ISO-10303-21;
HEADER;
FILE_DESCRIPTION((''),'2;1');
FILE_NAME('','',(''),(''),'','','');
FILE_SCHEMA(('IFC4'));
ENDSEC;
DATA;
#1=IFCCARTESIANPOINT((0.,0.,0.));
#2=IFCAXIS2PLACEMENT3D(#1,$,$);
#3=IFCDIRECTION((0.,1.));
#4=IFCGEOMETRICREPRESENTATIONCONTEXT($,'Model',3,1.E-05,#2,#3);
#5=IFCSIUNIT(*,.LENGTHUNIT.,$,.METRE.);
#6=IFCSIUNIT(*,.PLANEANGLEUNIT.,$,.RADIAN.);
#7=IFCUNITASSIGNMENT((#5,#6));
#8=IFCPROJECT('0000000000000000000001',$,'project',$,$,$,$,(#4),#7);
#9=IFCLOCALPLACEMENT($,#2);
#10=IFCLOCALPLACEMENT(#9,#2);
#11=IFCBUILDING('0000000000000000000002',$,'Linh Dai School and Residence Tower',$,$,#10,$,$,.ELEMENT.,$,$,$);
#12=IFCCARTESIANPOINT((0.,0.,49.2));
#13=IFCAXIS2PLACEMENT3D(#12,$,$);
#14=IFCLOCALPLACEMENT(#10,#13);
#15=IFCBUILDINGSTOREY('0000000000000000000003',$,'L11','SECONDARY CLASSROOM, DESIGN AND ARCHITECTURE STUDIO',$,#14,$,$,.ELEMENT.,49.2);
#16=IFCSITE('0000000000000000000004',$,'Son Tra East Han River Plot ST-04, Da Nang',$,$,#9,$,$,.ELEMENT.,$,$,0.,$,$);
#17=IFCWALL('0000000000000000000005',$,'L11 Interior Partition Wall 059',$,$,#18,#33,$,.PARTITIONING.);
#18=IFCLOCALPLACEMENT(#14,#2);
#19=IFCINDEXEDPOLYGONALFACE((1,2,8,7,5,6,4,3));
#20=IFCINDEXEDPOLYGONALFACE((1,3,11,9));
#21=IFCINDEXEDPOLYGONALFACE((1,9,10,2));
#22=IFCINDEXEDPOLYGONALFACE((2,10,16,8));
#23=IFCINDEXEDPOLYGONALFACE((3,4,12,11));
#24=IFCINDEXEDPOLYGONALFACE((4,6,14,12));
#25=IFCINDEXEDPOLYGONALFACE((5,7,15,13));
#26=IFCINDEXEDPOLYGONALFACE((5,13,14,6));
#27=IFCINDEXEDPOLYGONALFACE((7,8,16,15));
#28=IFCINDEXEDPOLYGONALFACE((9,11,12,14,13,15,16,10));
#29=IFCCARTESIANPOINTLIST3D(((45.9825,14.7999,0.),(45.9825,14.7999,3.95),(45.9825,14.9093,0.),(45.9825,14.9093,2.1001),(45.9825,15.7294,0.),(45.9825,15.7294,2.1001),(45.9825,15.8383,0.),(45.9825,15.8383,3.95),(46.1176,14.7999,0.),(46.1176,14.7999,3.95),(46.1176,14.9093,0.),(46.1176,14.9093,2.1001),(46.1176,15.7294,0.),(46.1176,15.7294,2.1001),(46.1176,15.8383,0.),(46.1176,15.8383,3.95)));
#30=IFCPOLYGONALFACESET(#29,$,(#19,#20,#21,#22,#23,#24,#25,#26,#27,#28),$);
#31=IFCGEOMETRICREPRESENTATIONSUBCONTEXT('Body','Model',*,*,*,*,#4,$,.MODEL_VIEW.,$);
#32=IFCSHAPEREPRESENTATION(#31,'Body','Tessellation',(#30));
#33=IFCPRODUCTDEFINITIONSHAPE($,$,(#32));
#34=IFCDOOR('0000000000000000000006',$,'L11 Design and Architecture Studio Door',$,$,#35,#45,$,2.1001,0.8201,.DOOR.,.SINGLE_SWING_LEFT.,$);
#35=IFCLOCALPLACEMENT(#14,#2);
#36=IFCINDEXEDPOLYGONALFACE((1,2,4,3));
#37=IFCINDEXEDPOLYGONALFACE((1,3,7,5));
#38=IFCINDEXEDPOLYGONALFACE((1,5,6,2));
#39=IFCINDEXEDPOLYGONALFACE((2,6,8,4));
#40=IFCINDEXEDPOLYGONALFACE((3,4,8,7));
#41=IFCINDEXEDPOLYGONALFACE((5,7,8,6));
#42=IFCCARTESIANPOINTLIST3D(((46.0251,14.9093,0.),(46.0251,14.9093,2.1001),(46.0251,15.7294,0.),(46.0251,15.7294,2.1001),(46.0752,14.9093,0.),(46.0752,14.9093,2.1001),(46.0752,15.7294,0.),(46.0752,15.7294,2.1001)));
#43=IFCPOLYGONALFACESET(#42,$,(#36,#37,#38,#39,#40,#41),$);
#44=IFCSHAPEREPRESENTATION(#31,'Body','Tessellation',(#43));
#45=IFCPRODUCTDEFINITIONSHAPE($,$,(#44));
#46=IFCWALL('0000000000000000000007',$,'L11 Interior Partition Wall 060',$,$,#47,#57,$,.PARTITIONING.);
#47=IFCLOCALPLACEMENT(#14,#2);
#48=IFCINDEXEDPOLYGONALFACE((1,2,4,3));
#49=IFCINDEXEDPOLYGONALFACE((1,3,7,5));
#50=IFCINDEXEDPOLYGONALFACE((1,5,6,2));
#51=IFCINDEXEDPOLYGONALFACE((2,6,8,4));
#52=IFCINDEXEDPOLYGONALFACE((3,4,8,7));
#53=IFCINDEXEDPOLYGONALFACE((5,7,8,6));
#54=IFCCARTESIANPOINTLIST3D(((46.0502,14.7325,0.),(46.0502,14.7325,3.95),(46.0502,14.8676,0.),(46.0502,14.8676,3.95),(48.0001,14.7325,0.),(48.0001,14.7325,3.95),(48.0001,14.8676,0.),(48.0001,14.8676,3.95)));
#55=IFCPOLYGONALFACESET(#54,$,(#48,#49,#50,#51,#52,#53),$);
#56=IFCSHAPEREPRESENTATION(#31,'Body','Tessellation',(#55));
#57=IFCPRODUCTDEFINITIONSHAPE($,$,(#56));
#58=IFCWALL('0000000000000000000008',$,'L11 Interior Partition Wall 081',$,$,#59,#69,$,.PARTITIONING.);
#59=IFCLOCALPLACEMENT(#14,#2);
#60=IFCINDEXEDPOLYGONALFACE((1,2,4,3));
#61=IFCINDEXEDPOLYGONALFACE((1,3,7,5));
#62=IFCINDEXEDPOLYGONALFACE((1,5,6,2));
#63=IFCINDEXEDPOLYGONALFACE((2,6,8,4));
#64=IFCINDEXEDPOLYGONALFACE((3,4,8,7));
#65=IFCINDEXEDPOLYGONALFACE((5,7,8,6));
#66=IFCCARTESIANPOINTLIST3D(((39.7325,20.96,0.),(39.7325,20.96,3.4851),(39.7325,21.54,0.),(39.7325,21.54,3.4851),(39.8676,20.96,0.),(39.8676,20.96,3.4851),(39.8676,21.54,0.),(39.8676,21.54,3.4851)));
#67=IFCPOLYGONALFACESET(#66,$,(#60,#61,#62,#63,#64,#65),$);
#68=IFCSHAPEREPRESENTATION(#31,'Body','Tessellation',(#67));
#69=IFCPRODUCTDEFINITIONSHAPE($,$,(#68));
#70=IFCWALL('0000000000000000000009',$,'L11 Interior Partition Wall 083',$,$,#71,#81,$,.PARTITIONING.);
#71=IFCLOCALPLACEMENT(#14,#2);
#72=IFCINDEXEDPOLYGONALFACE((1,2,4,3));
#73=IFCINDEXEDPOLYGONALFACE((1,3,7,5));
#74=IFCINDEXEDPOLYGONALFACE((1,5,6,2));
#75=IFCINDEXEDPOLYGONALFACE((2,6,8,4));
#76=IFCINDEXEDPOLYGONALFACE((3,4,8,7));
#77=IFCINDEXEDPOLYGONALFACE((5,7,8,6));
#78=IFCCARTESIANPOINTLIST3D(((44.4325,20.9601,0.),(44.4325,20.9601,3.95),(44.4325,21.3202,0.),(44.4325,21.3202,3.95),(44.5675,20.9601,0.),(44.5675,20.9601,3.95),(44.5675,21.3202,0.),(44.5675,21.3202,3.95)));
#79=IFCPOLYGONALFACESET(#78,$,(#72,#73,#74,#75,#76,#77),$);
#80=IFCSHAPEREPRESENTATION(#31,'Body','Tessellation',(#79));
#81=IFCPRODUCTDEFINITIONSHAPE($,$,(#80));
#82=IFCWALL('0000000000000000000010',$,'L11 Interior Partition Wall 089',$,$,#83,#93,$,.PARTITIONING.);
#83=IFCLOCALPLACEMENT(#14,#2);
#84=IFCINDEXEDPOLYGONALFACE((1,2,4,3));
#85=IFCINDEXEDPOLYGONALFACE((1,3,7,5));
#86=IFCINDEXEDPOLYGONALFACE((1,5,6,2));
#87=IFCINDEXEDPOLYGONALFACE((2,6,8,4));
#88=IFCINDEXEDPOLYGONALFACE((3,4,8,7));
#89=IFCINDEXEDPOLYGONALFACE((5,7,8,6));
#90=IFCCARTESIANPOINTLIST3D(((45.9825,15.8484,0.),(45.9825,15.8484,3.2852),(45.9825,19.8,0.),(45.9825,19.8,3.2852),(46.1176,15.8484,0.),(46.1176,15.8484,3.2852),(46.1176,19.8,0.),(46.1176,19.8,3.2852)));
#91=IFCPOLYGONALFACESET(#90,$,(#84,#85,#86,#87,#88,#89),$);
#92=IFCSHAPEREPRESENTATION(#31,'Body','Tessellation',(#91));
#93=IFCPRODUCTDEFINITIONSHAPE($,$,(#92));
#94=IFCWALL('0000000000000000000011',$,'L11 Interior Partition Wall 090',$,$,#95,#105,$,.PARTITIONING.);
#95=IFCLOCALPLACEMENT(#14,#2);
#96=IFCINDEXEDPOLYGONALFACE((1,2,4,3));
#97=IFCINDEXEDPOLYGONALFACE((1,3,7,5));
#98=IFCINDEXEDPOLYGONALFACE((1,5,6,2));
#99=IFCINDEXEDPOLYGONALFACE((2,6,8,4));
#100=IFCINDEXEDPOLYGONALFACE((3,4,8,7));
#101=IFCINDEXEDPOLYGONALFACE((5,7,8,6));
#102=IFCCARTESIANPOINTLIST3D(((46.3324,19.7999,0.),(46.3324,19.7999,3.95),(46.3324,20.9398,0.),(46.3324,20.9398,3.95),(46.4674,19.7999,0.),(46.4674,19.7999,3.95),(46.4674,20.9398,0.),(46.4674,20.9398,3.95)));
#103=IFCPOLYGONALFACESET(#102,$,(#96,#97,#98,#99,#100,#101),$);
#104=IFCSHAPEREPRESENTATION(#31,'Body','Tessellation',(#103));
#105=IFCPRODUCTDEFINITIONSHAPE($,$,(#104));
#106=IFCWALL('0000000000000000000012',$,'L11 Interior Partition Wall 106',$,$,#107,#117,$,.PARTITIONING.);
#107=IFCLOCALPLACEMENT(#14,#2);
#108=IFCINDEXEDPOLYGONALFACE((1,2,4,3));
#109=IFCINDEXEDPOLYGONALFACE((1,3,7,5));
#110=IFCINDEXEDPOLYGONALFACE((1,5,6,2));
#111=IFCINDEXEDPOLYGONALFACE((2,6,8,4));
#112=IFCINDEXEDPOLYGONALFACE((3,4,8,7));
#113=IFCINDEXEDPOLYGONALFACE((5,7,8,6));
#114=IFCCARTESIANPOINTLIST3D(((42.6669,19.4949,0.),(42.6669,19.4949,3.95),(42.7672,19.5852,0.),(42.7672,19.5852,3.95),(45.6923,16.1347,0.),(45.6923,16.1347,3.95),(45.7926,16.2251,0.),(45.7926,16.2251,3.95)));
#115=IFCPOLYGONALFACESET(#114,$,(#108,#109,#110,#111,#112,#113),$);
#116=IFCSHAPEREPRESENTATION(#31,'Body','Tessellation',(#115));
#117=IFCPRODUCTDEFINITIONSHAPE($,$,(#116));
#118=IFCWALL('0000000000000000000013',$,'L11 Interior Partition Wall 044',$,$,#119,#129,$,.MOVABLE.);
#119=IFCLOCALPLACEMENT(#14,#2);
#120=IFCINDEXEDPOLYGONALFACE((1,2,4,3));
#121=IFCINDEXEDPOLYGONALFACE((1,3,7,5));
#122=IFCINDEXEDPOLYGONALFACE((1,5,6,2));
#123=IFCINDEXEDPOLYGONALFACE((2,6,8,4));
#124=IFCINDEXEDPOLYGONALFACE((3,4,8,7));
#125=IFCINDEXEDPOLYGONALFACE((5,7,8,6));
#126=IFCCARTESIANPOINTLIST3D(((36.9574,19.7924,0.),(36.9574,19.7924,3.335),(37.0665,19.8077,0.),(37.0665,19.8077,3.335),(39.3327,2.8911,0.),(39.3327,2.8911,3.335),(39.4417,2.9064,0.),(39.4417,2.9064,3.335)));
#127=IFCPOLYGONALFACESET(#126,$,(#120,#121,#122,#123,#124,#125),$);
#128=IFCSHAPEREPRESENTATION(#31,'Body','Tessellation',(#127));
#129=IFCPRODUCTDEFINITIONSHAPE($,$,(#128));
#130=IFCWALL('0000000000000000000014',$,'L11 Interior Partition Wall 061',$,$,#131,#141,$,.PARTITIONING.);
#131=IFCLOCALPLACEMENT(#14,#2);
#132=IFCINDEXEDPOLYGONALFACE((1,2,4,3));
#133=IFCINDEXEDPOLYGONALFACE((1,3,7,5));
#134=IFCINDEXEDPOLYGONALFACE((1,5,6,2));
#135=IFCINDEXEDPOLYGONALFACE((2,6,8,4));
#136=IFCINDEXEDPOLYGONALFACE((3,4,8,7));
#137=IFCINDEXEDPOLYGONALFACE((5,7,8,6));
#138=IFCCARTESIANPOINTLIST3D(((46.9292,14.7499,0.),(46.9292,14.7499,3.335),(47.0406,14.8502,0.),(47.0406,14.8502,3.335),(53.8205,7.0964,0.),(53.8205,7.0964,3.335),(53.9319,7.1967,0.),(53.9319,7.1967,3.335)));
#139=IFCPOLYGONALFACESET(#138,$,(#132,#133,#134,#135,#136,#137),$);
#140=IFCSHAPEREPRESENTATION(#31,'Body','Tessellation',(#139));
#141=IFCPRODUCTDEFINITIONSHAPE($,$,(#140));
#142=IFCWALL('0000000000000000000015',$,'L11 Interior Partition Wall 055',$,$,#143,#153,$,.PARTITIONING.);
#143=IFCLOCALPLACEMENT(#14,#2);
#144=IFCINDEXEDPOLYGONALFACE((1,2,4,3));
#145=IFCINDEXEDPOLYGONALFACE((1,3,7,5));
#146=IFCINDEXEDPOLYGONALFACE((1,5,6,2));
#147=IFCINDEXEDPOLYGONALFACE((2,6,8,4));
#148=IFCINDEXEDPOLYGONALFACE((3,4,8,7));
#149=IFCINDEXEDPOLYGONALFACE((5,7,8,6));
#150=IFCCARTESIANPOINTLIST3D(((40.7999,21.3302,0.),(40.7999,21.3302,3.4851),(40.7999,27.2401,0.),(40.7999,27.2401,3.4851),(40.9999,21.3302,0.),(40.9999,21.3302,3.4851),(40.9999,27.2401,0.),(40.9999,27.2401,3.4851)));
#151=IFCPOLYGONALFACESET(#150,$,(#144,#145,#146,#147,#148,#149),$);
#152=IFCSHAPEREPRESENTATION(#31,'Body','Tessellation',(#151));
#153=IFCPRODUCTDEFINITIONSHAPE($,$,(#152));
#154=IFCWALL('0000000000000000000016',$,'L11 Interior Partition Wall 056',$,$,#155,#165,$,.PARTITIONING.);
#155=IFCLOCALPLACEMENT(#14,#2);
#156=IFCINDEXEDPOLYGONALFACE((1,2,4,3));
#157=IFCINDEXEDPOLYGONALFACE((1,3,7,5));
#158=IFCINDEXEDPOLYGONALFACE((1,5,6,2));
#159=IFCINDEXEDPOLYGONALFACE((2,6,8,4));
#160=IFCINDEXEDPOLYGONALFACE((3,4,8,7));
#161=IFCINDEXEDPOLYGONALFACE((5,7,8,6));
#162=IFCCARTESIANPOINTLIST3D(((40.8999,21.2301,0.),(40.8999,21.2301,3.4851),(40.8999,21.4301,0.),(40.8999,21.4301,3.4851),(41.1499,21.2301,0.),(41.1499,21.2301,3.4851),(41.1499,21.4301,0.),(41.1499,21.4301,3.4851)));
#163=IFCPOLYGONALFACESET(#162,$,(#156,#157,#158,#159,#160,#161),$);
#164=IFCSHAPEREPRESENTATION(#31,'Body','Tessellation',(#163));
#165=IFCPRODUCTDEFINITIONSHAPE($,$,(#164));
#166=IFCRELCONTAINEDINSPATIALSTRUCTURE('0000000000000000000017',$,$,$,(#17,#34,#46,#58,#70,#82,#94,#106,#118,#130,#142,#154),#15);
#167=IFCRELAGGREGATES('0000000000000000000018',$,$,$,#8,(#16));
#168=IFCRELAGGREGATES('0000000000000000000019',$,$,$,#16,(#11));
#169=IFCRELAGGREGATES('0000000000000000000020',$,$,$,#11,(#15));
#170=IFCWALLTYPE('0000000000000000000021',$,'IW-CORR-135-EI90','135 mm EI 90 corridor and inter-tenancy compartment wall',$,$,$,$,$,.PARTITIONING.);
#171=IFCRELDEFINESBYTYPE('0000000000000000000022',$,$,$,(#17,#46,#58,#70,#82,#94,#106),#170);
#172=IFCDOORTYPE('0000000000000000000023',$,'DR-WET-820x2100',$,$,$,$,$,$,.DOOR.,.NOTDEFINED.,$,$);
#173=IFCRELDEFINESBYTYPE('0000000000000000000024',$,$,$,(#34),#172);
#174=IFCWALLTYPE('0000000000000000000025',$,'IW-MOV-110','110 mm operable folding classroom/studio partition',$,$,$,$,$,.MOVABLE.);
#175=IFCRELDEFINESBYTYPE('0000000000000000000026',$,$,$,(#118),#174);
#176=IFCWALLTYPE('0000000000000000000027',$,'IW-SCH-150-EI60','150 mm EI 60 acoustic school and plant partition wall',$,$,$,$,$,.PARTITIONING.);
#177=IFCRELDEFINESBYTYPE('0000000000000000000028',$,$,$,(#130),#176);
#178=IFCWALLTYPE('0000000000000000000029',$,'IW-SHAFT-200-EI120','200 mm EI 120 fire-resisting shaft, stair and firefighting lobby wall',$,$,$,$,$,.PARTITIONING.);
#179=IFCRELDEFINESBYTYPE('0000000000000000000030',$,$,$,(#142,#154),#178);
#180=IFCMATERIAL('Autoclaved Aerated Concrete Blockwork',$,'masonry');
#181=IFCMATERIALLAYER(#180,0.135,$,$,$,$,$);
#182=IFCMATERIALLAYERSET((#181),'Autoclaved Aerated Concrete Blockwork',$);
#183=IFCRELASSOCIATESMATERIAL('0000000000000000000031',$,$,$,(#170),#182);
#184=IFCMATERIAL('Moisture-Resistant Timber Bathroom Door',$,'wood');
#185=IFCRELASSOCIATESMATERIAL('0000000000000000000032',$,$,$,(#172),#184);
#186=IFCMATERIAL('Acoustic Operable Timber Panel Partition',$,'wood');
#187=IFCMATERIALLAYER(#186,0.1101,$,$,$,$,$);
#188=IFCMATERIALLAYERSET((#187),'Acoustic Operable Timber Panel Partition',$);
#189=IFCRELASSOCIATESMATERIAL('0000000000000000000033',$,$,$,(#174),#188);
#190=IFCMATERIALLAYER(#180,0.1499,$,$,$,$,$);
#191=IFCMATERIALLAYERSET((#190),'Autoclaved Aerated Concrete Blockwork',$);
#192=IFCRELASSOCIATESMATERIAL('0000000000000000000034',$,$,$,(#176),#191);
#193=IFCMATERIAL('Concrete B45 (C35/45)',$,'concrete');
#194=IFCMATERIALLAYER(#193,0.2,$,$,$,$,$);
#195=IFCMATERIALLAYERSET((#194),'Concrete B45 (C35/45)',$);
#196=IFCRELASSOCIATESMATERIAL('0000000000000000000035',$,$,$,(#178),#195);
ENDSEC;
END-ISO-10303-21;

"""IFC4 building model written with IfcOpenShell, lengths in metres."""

from ifc_helpers import new_model, si_unit, direction, frame, frame_2d, origin, origin_2d, place, context, subcontext, project, spatial, rectangle, extrude, source, transform, mapped, material, layer, layer_set, type_object, element, fill, save


model = new_model("IFC4")

# Units and contexts
model_context = context("Model", 3, precision=1e-05, world=origin(), true_north=direction((0.0, 1.0)))
body_context = subcontext(model_context, "Body", "Model", "MODEL_VIEW")
ifc_project = project(units=[si_unit("LENGTHUNIT", "METRE"), si_unit("PLANEANGLEUNIT", "RADIAN")], contexts=[model_context])

# Site, building, storey
site_placement = place(None, origin())
site = spatial("IfcSite", under=ifc_project, at=site_placement, Name="Son Tra East Han River Plot ST-04, Da Nang", CompositionType="ELEMENT", RefElevation=0.0)
building_placement = place(site_placement, origin())
building = spatial("IfcBuilding", under=site, at=building_placement, Name="Linh Dai School and Residence Tower", CompositionType="ELEMENT")
storey_placement = place(building_placement, frame((0.0, 0.0, 49.2)))
storey = spatial("IfcBuildingStorey", under=building, at=storey_placement, Name="L11", Description="SECONDARY CLASSROOM, DESIGN AND ARCHITECTURE STUDIO", CompositionType="ELEMENT", Elevation=49.2)

# Wall, opening, door
ifc_material_1 = material(Name="Autoclaved Aerated Concrete Blockwork", Category="masonry")
ifc_layer_1 = layer(ifc_material_1, 0.135)
ifc_layer_set_1 = layer_set([ifc_layer_1], Name="Autoclaved Aerated Concrete Blockwork")
wall_type_1 = type_object("IfcWallType", Name="IW-CORR-135-EI90", Description="135 mm EI 90 corridor and inter-tenancy compartment wall", PredefinedType="PARTITIONING", material=ifc_layer_set_1)
wall_1_placement = place(storey_placement, frame((46.05, 14.8, 0.0), z_axis=(0.0, 0.0, 1.0), x_axis=(0.0, 1.0, 0.0)))
wall_1 = element("IfcWall", 1, at=wall_1_placement, inside=storey, type_object=wall_type_1, Name="L11 Interior Partition Wall 059", PredefinedType="PARTITIONING", context=body_context, shape_type="SweptSolid", body=[
    extrude(rectangle(XDim=1.0383, YDim=0.135, at=frame_2d((0.519, 0.0))), origin(), (0.0, 0.0, 1.0), 3.95),
])
opening_1_placement = place(wall_1_placement, frame((0.1091, 0.0, 0.0)))
opening_1 = element("IfcOpeningElement", 2, at=opening_1_placement, cuts=wall_1, PredefinedType="OPENING", context=body_context, shape_type="SweptSolid", body=[
    extrude(rectangle(XDim=0.8201, YDim=2.1001, at=origin_2d()), frame((0.4102, 0.0776, 1.05), z_axis=(0.0, -1.0, 0.0), x_axis=(1.0, 0.0, 0.0)), (0.0, 0.0, 1.0), 0.155),
])
ifc_material_2 = material(Name="Moisture-Resistant Timber Bathroom Door", Category="wood")
door_type_1 = type_object("IfcDoorType", Name="DR-WET-820x2100", OperationType="NOTDEFINED", PredefinedType="DOOR", material=ifc_material_2)
shared_shape_1 = source(origin(), body_context, "Body", "SweptSolid", [
    extrude(rectangle(XDim=0.8201, YDim=2.1001, at=origin_2d()), frame((0.4102, 0.0249, 1.05), z_axis=(0.0, -1.0, 0.0), x_axis=(1.0, 0.0, 0.0)), (0.0, 0.0, 1.0), 0.05),
])
door_1_placement = place(opening_1_placement, origin())
door_1 = element("IfcDoor", 3, at=door_1_placement, inside=storey, type_object=door_type_1, Name="L11 Design and Architecture Studio Door", OperationType="SINGLE_SWING_LEFT", OverallHeight=2.1001, OverallWidth=0.8201, PredefinedType="DOOR", context=body_context, shape_type="MappedRepresentation", body=[
    mapped(shared_shape_1, transform((0.0, 0.0, 0.0), x_axis=(1.0, 0.0, 0.0), y_axis=(0.0, 1.0, 0.0), z_axis=(0.0, 0.0, 1.0), scale=1.0)),
])
fill(opening_1, door_1)

# Walls
wall_2_placement = place(storey_placement, frame((46.05, 14.8, 0.0), z_axis=(0.0, 0.0, 1.0), x_axis=(1.0, 0.0, 0.0)))
element("IfcWall", 4, at=wall_2_placement, inside=storey, type_object=wall_type_1, Name="L11 Interior Partition Wall 060", PredefinedType="PARTITIONING", context=body_context, shape_type="SweptSolid", body=[
    extrude(rectangle(XDim=1.95, YDim=0.135, at=frame_2d((0.9751, 0.0))), origin(), (0.0, 0.0, 1.0), 3.95),
])
wall_3_placement = place(storey_placement, frame((39.8, 20.96, 0.0), z_axis=(0.0, 0.0, 1.0), x_axis=(0.0, 1.0, 0.0)))
element("IfcWall", 5, at=wall_3_placement, inside=storey, type_object=wall_type_1, Name="L11 Interior Partition Wall 081", PredefinedType="PARTITIONING", context=body_context, shape_type="SweptSolid", body=[
    extrude(rectangle(XDim=0.5801, YDim=0.135, at=frame_2d((0.29, 0.0))), origin(), (0.0, 0.0, 1.0), 3.4851),
])
wall_4_placement = place(storey_placement, frame((44.5, 20.96, 0.0), z_axis=(0.0, 0.0, 1.0), x_axis=(0.0, 1.0, 0.0)))
element("IfcWall", 6, at=wall_4_placement, inside=storey, type_object=wall_type_1, Name="L11 Interior Partition Wall 083", PredefinedType="PARTITIONING", context=body_context, shape_type="SweptSolid", body=[
    extrude(rectangle(XDim=0.3601, YDim=0.135, at=frame_2d((0.1802, 0.0))), origin(), (0.0, 0.0, 1.0), 3.95),
])
wall_5_placement = place(storey_placement, frame((46.05, 15.8484, 0.0), z_axis=(0.0, 0.0, 1.0), x_axis=(0.0, 1.0, 0.0)))
element("IfcWall", 7, at=wall_5_placement, inside=storey, type_object=wall_type_1, Name="L11 Interior Partition Wall 089", PredefinedType="PARTITIONING", context=body_context, shape_type="SweptSolid", body=[
    extrude(rectangle(XDim=3.9517, YDim=0.135, at=frame_2d((1.9758, 0.0))), origin(), (0.0, 0.0, 1.0), 3.2852),
])
wall_6_placement = place(storey_placement, frame((46.3999, 19.8, 0.0), z_axis=(0.0, 0.0, 1.0), x_axis=(0.0, 1.0, 0.0)))
element("IfcWall", 8, at=wall_6_placement, inside=storey, type_object=wall_type_1, Name="L11 Interior Partition Wall 090", PredefinedType="PARTITIONING", context=body_context, shape_type="SweptSolid", body=[
    extrude(rectangle(XDim=1.1399, YDim=0.135, at=frame_2d((0.5698, 0.0))), origin(), (0.0, 0.0, 1.0), 3.95),
])
wall_7_placement = place(storey_placement, frame((42.717, 19.54, 0.0), z_axis=(0.0, 0.0, 1.0), x_axis=(0.669123, -0.743152, 0.0)))
element("IfcWall", 9, at=wall_7_placement, inside=storey, type_object=wall_type_1, Name="L11 Interior Partition Wall 106", PredefinedType="PARTITIONING", context=body_context, shape_type="SweptSolid", body=[
    extrude(rectangle(XDim=4.5215, YDim=0.135, at=frame_2d((2.2607, 0.0))), origin(), (0.0, 0.0, 1.0), 3.95),
])
ifc_material_3 = material(Name="Acoustic Operable Timber Panel Partition", Category="wood")
ifc_layer_2 = layer(ifc_material_3, 0.1101)
ifc_layer_set_2 = layer_set([ifc_layer_2], Name="Acoustic Operable Timber Panel Partition")
wall_type_2 = type_object("IfcWallType", Name="IW-MOV-110", Description="110 mm operable folding classroom/studio partition", PredefinedType="MOVABLE", material=ifc_layer_set_2)
wall_8_placement = place(storey_placement, frame((37.012, 19.8, 0.0), z_axis=(0.0, 0.0, 1.0), x_axis=(0.139168, -0.990269, 0.0)))
element("IfcWall", 10, at=wall_8_placement, inside=storey, type_object=wall_type_2, Name="L11 Interior Partition Wall 044", PredefinedType="MOVABLE", context=body_context, shape_type="SweptSolid", body=[
    extrude(rectangle(XDim=17.0674, YDim=0.1101, at=frame_2d((8.5337, 0.0))), origin(), (0.0, 0.0, 1.0), 3.335),
])
ifc_layer_3 = layer(ifc_material_1, 0.1499)
ifc_layer_set_3 = layer_set([ifc_layer_3], Name="Autoclaved Aerated Concrete Blockwork")
wall_type_3 = type_object("IfcWallType", Name="IW-SCH-150-EI60", Description="150 mm EI 60 acoustic school and plant partition wall", PredefinedType="PARTITIONING", material=ifc_layer_set_3)
wall_9_placement = place(storey_placement, frame((46.9849, 14.8, 0.0), z_axis=(0.0, 0.0, 1.0), x_axis=(0.669134, -0.743142, 0.0)))
element("IfcWall", 11, at=wall_9_placement, inside=storey, type_object=wall_type_3, Name="L11 Interior Partition Wall 061", PredefinedType="PARTITIONING", context=body_context, shape_type="SweptSolid", body=[
    extrude(rectangle(XDim=10.2988, YDim=0.1499, at=frame_2d((5.1494, 0.0))), origin(), (0.0, 0.0, 1.0), 3.335),
])
ifc_material_4 = material(Name="Concrete B45 (C35/45)", Category="concrete")
ifc_layer_4 = layer(ifc_material_4, 0.2)
ifc_layer_set_4 = layer_set([ifc_layer_4], Name="Concrete B45 (C35/45)")
wall_type_4 = type_object("IfcWallType", Name="IW-SHAFT-200-EI120", Description="200 mm EI 120 fire-resisting shaft, stair and firefighting lobby wall", PredefinedType="PARTITIONING", material=ifc_layer_set_4)
wall_10_placement = place(storey_placement, frame((40.8999, 21.3301, 0.0), z_axis=(0.0, 0.0, 1.0), x_axis=(0.0, 1.0, 0.0)))
element("IfcWall", 12, at=wall_10_placement, inside=storey, type_object=wall_type_4, Name="L11 Interior Partition Wall 055", PredefinedType="PARTITIONING", context=body_context, shape_type="SweptSolid", body=[
    extrude(rectangle(XDim=5.9099, YDim=0.2, at=frame_2d((2.9551, 0.0))), origin(), (0.0, 0.0, 1.0), 3.4851),
])
wall_11_placement = place(storey_placement, frame((40.8999, 21.3301, 0.0), z_axis=(0.0, 0.0, 1.0), x_axis=(1.0, 0.0, 0.0)))
element("IfcWall", 13, at=wall_11_placement, inside=storey, type_object=wall_type_4, Name="L11 Interior Partition Wall 056", PredefinedType="PARTITIONING", context=body_context, shape_type="SweptSolid", body=[
    extrude(rectangle(XDim=0.25, YDim=0.2, at=frame_2d((0.125, 0.0))), origin(), (0.0, 0.0, 1.0), 3.4851),
])

save(model, "model.ifc")
